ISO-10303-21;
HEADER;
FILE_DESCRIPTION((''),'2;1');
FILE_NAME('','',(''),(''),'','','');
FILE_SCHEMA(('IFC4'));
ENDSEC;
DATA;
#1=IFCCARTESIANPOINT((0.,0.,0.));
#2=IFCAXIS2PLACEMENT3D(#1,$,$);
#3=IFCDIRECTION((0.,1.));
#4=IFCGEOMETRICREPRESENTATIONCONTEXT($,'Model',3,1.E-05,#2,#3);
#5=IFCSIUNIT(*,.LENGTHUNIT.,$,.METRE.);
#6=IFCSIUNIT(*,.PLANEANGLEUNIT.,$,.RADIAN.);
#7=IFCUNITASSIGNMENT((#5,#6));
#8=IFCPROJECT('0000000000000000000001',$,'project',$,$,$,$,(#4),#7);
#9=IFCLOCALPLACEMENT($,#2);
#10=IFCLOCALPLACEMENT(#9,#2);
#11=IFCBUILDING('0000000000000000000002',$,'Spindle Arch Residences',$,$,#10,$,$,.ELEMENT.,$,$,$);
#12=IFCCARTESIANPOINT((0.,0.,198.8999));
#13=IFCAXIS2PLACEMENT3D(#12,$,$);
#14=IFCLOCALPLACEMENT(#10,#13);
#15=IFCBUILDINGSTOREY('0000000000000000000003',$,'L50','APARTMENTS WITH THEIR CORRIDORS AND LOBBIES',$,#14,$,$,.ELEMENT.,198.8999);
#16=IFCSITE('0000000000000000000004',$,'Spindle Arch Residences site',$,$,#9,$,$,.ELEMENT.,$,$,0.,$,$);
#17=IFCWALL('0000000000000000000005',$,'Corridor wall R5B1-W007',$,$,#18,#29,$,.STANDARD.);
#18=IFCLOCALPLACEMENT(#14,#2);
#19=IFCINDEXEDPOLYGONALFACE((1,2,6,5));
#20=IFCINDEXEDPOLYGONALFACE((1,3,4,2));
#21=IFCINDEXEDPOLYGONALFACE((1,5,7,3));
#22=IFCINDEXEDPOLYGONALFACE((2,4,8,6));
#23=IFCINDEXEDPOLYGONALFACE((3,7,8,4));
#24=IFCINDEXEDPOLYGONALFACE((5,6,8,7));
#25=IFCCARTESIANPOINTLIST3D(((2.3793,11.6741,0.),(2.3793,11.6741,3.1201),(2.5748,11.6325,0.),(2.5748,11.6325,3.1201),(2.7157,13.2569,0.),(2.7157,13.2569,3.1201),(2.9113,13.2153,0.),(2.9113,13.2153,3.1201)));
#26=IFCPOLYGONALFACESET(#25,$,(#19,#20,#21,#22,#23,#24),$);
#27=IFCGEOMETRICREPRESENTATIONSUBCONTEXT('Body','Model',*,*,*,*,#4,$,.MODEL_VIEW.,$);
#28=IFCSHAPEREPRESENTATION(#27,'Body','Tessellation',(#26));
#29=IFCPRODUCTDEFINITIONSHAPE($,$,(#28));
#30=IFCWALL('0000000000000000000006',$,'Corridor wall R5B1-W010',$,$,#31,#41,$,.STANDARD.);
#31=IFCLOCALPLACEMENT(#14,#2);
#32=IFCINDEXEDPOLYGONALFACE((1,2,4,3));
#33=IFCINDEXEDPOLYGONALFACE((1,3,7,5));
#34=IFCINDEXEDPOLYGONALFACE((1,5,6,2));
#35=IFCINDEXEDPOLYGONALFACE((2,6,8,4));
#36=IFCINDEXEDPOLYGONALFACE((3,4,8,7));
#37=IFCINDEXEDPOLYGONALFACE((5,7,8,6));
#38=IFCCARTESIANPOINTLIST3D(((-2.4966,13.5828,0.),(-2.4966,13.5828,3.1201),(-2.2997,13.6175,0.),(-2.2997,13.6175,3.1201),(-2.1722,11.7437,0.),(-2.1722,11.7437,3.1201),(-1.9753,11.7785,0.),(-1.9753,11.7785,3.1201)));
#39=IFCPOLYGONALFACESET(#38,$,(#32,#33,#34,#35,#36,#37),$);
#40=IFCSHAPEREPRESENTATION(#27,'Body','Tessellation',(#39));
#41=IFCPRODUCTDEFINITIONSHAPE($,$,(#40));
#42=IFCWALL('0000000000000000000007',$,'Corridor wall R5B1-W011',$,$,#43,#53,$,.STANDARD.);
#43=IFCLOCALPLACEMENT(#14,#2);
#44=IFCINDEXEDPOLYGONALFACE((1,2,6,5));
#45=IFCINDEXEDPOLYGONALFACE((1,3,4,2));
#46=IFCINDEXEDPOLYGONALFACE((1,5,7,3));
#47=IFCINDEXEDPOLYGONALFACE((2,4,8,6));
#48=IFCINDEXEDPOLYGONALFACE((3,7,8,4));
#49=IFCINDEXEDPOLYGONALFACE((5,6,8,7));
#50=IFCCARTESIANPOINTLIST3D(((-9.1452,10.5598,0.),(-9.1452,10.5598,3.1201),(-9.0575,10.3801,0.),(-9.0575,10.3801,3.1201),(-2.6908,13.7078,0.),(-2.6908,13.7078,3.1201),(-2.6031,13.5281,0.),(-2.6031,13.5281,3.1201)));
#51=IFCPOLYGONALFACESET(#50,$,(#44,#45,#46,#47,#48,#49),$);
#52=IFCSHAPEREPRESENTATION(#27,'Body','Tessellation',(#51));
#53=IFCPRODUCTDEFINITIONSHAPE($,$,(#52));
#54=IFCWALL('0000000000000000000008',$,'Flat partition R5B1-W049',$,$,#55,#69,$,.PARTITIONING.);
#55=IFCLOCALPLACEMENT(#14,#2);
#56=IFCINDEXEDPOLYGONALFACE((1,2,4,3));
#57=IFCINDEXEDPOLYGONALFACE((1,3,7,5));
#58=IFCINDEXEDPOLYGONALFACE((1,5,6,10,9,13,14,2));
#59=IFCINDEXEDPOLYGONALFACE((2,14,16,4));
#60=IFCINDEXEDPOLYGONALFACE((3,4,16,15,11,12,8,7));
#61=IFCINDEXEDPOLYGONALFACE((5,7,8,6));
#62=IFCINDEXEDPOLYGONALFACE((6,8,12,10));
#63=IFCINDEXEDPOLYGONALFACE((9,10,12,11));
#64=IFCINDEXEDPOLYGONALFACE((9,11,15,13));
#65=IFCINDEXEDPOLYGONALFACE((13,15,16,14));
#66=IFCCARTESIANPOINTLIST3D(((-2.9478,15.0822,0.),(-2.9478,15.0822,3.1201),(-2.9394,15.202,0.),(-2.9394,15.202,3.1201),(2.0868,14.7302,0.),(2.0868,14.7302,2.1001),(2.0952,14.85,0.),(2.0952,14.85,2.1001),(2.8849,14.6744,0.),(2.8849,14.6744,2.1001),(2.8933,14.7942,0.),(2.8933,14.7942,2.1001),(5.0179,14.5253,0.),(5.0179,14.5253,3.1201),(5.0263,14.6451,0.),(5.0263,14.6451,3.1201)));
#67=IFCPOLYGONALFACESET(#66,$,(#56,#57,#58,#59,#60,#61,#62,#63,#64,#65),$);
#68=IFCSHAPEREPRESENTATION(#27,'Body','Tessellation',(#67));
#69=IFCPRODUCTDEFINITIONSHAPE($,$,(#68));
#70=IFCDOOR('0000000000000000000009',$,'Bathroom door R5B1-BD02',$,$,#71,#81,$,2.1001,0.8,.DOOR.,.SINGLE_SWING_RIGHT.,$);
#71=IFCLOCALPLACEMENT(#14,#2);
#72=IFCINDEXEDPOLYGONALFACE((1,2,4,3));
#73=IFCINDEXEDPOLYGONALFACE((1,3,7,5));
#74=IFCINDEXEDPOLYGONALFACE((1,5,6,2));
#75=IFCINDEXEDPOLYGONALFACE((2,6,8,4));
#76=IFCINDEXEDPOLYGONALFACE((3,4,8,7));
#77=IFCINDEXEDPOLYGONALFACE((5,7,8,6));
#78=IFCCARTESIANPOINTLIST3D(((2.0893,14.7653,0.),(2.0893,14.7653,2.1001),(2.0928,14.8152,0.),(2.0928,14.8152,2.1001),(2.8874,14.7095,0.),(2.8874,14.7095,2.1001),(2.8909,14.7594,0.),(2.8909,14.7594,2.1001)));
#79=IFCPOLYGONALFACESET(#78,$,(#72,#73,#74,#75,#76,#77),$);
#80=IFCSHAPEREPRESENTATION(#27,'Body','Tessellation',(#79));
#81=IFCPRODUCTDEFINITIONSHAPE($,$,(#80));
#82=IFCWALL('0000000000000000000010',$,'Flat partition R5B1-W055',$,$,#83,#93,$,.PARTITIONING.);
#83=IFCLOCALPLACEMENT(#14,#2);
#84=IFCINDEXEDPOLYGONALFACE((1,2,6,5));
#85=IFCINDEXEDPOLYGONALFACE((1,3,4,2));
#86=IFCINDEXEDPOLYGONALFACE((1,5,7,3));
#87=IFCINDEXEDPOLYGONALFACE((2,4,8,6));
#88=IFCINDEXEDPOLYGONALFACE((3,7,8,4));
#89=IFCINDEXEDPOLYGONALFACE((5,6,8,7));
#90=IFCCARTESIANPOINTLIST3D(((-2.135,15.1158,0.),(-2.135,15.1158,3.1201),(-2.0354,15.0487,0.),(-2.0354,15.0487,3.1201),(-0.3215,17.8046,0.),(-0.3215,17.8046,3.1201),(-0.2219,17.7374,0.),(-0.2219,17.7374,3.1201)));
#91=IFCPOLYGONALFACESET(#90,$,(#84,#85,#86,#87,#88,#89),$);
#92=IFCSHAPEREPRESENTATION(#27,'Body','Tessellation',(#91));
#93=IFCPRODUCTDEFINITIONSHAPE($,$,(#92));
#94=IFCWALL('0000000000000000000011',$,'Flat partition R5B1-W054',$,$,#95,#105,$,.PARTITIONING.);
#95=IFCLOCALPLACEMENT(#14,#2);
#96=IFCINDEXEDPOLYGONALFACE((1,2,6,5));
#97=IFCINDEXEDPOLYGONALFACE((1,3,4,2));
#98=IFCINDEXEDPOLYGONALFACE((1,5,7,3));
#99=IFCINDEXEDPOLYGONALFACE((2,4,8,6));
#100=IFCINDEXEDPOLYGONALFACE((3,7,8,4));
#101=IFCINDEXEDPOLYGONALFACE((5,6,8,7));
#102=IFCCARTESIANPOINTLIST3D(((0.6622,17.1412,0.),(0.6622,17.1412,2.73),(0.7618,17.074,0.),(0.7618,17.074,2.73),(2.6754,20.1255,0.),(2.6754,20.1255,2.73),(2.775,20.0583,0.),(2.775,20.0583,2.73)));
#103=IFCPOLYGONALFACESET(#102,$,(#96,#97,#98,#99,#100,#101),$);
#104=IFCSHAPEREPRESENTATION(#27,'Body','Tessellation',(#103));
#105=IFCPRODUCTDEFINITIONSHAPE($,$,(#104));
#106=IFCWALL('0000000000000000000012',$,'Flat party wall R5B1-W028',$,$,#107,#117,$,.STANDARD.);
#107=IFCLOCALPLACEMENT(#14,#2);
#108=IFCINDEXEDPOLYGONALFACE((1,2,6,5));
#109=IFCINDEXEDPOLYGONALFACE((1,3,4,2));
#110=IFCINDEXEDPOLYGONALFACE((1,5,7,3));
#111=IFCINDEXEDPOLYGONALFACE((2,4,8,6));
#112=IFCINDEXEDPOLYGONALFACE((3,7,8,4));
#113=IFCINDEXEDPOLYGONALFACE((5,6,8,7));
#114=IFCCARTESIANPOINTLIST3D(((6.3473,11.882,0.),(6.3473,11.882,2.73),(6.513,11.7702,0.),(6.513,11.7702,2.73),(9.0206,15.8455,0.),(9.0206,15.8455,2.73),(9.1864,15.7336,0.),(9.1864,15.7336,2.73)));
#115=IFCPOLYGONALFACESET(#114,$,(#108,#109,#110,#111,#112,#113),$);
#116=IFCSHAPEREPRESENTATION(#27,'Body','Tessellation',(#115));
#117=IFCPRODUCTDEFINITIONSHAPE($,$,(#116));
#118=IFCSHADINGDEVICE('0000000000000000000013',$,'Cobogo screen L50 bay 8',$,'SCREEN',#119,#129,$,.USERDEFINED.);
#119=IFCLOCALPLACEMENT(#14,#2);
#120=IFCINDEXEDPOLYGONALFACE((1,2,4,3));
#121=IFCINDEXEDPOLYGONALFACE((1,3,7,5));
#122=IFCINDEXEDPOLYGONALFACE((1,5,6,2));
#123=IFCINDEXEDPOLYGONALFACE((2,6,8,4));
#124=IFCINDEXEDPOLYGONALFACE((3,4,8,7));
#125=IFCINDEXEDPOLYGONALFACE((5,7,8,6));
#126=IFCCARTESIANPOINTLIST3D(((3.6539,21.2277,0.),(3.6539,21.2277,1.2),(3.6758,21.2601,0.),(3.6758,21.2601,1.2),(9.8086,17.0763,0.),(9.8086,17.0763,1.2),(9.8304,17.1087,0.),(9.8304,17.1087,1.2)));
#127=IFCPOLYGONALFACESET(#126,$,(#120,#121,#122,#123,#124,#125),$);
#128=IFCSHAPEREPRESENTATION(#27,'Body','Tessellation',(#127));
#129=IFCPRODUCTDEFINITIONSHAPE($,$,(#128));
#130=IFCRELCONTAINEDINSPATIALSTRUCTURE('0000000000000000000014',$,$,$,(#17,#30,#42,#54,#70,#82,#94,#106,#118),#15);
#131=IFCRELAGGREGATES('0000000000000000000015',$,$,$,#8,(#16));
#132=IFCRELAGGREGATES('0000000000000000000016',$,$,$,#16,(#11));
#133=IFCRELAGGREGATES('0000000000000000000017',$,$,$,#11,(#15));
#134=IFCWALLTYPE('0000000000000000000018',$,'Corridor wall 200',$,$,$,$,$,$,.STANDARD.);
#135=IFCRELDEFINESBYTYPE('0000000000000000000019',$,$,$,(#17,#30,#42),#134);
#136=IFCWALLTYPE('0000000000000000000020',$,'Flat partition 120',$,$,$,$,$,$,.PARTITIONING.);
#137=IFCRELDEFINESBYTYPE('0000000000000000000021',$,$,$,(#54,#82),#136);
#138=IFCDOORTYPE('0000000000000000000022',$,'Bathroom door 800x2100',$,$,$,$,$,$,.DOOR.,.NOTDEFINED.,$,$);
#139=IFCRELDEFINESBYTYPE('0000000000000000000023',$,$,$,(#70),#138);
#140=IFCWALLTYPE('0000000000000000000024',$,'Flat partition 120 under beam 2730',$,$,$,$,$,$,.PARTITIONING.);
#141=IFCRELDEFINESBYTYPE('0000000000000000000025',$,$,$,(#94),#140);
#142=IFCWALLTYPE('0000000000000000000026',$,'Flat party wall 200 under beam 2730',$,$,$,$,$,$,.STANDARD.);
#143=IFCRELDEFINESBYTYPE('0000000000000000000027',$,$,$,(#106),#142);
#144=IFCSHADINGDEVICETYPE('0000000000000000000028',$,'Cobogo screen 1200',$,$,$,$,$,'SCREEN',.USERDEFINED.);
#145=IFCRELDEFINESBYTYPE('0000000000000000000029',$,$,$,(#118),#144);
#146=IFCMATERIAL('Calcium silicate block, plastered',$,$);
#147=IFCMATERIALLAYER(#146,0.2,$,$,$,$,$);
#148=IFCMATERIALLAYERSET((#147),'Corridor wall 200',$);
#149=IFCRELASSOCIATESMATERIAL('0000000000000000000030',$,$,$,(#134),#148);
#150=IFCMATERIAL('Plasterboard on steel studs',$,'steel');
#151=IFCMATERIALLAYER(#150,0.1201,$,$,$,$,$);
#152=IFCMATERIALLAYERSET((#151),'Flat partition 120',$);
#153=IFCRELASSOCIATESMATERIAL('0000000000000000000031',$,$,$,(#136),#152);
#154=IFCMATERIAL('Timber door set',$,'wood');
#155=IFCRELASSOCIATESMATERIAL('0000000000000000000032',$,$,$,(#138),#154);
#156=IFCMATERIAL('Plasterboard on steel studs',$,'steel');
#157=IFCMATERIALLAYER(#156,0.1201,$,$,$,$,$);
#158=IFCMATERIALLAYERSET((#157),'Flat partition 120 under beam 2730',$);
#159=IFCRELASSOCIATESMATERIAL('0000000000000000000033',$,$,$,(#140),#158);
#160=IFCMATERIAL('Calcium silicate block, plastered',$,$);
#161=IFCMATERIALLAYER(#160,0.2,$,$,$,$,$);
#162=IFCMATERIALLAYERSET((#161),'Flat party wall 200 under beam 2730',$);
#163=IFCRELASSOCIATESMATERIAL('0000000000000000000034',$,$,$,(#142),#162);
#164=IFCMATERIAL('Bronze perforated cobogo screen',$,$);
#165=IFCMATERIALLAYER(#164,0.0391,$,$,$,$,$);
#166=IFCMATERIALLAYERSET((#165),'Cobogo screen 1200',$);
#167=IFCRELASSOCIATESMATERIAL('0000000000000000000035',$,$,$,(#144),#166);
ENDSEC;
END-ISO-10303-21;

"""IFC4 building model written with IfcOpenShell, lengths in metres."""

from ifc_helpers import new_model, si_unit, direction, frame, frame_2d, origin, origin_2d, place, context, subcontext, project, spatial, rectangle, extrude, material, layer, layer_set, type_object, element, fill, save


model = new_model("IFC4")

# Units and contexts
model_context = context("Model", 3, precision=1e-05, world=origin(), true_north=direction((0.0, 1.0)))
body_context = subcontext(model_context, "Body", "Model", "MODEL_VIEW")
ifc_project = project(units=[si_unit("LENGTHUNIT", "METRE"), si_unit("PLANEANGLEUNIT", "RADIAN")], contexts=[model_context])

# Site, building, storey
site_placement = place(None, origin())
site = spatial("IfcSite", under=ifc_project, at=site_placement, Name="Spindle Arch Residences site", CompositionType="ELEMENT", RefElevation=0.0)
building_placement = place(site_placement, origin())
building = spatial("IfcBuilding", under=site, at=building_placement, Name="Spindle Arch Residences", CompositionType="ELEMENT")
storey_placement = place(building_placement, frame((0.0, 0.0, 198.8999)))
storey = spatial("IfcBuildingStorey", under=building, at=storey_placement, Name="L50", Description="APARTMENTS WITH THEIR CORRIDORS AND LOBBIES", CompositionType="ELEMENT", Elevation=198.8999)

# Walls
ifc_material_1 = material(Name="Calcium silicate block, plastered")
ifc_layer_1 = layer(ifc_material_1, 0.2)
ifc_layer_set_1 = layer_set([ifc_layer_1], Name="Corridor wall 200")
wall_type_1 = type_object("IfcWallType", Name="Corridor wall 200", PredefinedType="STANDARD", material=ifc_layer_set_1)
wall_1_placement = place(storey_placement, frame((2.8135, 13.2361, 0.0), z_axis=(0.0, 0.0, 1.0), x_axis=(-0.207911, -0.978148, 0.0)))
element("IfcWall", 1, at=wall_1_placement, inside=storey, type_object=wall_type_1, Name="Corridor wall R5B1-W007", PredefinedType="STANDARD", context=body_context, shape_type="SweptSolid", body=[
    extrude(rectangle(XDim=1.6182, YDim=0.2, at=frame_2d((0.8091, 0.0))), origin(), (0.0, 0.0, 1.0), 3.1201),
])
wall_2_placement = place(storey_placement, frame((-2.0737, 11.7612, 0.0), z_axis=(0.0, 0.0, 1.0), x_axis=(-0.173741, 0.984791, 0.0)))
element("IfcWall", 2, at=wall_2_placement, inside=storey, type_object=wall_type_1, Name="Corridor wall R5B1-W010", PredefinedType="STANDARD", context=body_context, shape_type="SweptSolid", body=[
    extrude(rectangle(XDim=1.8674, YDim=0.2, at=frame_2d((0.9336, 0.0))), origin(), (0.0, 0.0, 1.0), 3.1201),
])
wall_3_placement = place(storey_placement, frame((-2.647, 13.6179, 0.0), z_axis=(0.0, 0.0, 1.0), x_axis=(-0.898797, -0.438366, 0.0)))
element("IfcWall", 3, at=wall_3_placement, inside=storey, type_object=wall_type_1, Name="Corridor wall R5B1-W011", PredefinedType="STANDARD", context=body_context, shape_type="SweptSolid", body=[
    extrude(rectangle(XDim=7.1812, YDim=0.2, at=frame_2d((3.5906, 0.0))), origin(), (0.0, 0.0, 1.0), 3.1201),
])

# Wall, opening, door
ifc_material_2 = material(Name="Plasterboard on steel studs", Category="steel")
ifc_layer_2 = layer(ifc_material_2, 0.1201)
ifc_layer_set_2 = layer_set([ifc_layer_2], Name="Flat partition 120")
wall_type_2 = type_object("IfcWallType", Name="Flat partition 120", PredefinedType="PARTITIONING", material=ifc_layer_set_2)
wall_4_placement = place(storey_placement, frame((5.0222, 14.5852, 0.0), z_axis=(0.0, 0.0, 1.0), x_axis=(-0.997565, 0.069741, 0.0)))
wall_4 = element("IfcWall", 4, at=wall_4_placement, inside=storey, type_object=wall_type_2, Name="Flat partition R5B1-W049", PredefinedType="PARTITIONING", context=body_context, shape_type="SweptSolid", body=[
    extrude(rectangle(XDim=7.9851, YDim=0.1201, at=frame_2d((3.9927, 0.0))), origin(), (0.0, 0.0, 1.0), 3.1201),
])
opening_1_placement = place(wall_4_placement, frame((2.1384, 0.0, 0.0)))
opening_1 = element("IfcOpeningElement", 5, at=opening_1_placement, cuts=wall_4, PredefinedType="OPENING", context=body_context, shape_type="SweptSolid", body=[
    extrude(rectangle(XDim=0.8, YDim=2.1001, at=frame_2d((0.3999, 1.05))), frame((0.0, 0.0701, 0.0), z_axis=(0.0, -1.0, 0.0), x_axis=(1.0, 0.0, 0.0)), (0.0, 0.0, 1.0), 0.1401),
])
ifc_material_3 = material(Name="Timber door set", Category="wood")
door_type_1 = type_object("IfcDoorType", Name="Bathroom door 800x2100", OperationType="NOTDEFINED", PredefinedType="DOOR", material=ifc_material_3)
door_1_placement = place(opening_1_placement, origin())
door_1 = element("IfcDoor", 6, at=door_1_placement, inside=storey, type_object=door_type_1, Name="Bathroom door R5B1-BD02", OperationType="SINGLE_SWING_RIGHT", OverallHeight=2.1001, OverallWidth=0.8, PredefinedType="DOOR", context=body_context, shape_type="SweptSolid", body=[
    extrude(rectangle(XDim=0.8, YDim=2.1001, at=frame_2d((0.3999, 1.05))), frame((0.0, 0.0249, 0.0), z_axis=(0.0, -1.0, 0.0), x_axis=(1.0, 0.0, 0.0)), (0.0, 0.0, 1.0), 0.05),
])
fill(opening_1, door_1)

# Walls
wall_5_placement = place(storey_placement, frame((-0.2717, 17.771, 0.0), z_axis=(0.0, 0.0, 1.0), x_axis=(-0.559174, -0.82905, 0.0)))
element("IfcWall", 7, at=wall_5_placement, inside=storey, type_object=wall_type_2, Name="Flat partition R5B1-W055", PredefinedType="PARTITIONING", context=body_context, shape_type="SweptSolid", body=[
    extrude(rectangle(XDim=3.2432, YDim=0.1201, at=frame_2d((1.6216, 0.0))), origin(), (0.0, 0.0, 1.0), 3.1201),
])
ifc_material_4 = material(Name="Plasterboard on steel studs", Category="steel")
ifc_layer_3 = layer(ifc_material_4, 0.1201)
ifc_layer_set_3 = layer_set([ifc_layer_3], Name="Flat partition 120 under beam 2730")
wall_type_3 = type_object("IfcWallType", Name="Flat partition 120 under beam 2730", PredefinedType="PARTITIONING", material=ifc_layer_set_3)
wall_6_placement = place(storey_placement, frame((2.7251, 20.0918, 0.0), z_axis=(0.0, 0.0, 1.0), x_axis=(-0.559231, -0.829012, 0.0)))
element("IfcWall", 8, at=wall_6_placement, inside=storey, type_object=wall_type_3, Name="Flat partition R5B1-W054", PredefinedType="PARTITIONING", context=body_context, shape_type="SweptSolid", body=[
    extrude(rectangle(XDim=3.5999, YDim=0.1201, at=frame_2d((1.7998, 0.0))), origin(), (0.0, 0.0, 1.0), 2.73),
])
ifc_material_5 = material(Name="Calcium silicate block, plastered")
ifc_layer_4 = layer(ifc_material_5, 0.2)
ifc_layer_set_4 = layer_set([ifc_layer_4], Name="Flat party wall 200 under beam 2730")
wall_type_4 = type_object("IfcWallType", Name="Flat party wall 200 under beam 2730", PredefinedType="STANDARD", material=ifc_layer_set_4)
wall_7_placement = place(storey_placement, frame((9.1035, 15.7896, 0.0), z_axis=(0.0, 0.0, 1.0), x_axis=(-0.559194, -0.829037, 0.0)))
element("IfcWall", 9, at=wall_7_placement, inside=storey, type_object=wall_type_4, Name="Flat party wall R5B1-W028", PredefinedType="STANDARD", context=body_context, shape_type="SweptSolid", body=[
    extrude(rectangle(XDim=4.7808, YDim=0.2, at=frame_2d((2.3904, 0.0))), origin(), (0.0, 0.0, 1.0), 2.73),
])

# Shading device
ifc_material_6 = material(Name="Bronze perforated cobogo screen")
ifc_layer_5 = layer(ifc_material_6, 0.0391)
ifc_layer_set_5 = layer_set([ifc_layer_5], Name="Cobogo screen 1200")
shading_device_type = type_object("IfcShadingDeviceType", Name="Cobogo screen 1200", ElementType="SCREEN", PredefinedType="USERDEFINED", material=ifc_layer_set_5)
shading_device_placement = place(storey_placement, frame((6.7422, 19.1682, 0.0), z_axis=(0.0, 0.0, 1.0), x_axis=(-0.829038, 0.559193, 0.0)))
element("IfcShadingDevice", 10, at=shading_device_placement, inside=storey, type_object=shading_device_type, Name="Cobogo screen L50 bay 8", ObjectType="SCREEN", PredefinedType="USERDEFINED", context=body_context, shape_type="SweptSolid", body=[
    extrude(rectangle(XDim=7.4238, YDim=0.0391, at=origin_2d()), origin(), (0.0, 0.0, 1.0), 1.2),
])

save(model, "model.ifc")
